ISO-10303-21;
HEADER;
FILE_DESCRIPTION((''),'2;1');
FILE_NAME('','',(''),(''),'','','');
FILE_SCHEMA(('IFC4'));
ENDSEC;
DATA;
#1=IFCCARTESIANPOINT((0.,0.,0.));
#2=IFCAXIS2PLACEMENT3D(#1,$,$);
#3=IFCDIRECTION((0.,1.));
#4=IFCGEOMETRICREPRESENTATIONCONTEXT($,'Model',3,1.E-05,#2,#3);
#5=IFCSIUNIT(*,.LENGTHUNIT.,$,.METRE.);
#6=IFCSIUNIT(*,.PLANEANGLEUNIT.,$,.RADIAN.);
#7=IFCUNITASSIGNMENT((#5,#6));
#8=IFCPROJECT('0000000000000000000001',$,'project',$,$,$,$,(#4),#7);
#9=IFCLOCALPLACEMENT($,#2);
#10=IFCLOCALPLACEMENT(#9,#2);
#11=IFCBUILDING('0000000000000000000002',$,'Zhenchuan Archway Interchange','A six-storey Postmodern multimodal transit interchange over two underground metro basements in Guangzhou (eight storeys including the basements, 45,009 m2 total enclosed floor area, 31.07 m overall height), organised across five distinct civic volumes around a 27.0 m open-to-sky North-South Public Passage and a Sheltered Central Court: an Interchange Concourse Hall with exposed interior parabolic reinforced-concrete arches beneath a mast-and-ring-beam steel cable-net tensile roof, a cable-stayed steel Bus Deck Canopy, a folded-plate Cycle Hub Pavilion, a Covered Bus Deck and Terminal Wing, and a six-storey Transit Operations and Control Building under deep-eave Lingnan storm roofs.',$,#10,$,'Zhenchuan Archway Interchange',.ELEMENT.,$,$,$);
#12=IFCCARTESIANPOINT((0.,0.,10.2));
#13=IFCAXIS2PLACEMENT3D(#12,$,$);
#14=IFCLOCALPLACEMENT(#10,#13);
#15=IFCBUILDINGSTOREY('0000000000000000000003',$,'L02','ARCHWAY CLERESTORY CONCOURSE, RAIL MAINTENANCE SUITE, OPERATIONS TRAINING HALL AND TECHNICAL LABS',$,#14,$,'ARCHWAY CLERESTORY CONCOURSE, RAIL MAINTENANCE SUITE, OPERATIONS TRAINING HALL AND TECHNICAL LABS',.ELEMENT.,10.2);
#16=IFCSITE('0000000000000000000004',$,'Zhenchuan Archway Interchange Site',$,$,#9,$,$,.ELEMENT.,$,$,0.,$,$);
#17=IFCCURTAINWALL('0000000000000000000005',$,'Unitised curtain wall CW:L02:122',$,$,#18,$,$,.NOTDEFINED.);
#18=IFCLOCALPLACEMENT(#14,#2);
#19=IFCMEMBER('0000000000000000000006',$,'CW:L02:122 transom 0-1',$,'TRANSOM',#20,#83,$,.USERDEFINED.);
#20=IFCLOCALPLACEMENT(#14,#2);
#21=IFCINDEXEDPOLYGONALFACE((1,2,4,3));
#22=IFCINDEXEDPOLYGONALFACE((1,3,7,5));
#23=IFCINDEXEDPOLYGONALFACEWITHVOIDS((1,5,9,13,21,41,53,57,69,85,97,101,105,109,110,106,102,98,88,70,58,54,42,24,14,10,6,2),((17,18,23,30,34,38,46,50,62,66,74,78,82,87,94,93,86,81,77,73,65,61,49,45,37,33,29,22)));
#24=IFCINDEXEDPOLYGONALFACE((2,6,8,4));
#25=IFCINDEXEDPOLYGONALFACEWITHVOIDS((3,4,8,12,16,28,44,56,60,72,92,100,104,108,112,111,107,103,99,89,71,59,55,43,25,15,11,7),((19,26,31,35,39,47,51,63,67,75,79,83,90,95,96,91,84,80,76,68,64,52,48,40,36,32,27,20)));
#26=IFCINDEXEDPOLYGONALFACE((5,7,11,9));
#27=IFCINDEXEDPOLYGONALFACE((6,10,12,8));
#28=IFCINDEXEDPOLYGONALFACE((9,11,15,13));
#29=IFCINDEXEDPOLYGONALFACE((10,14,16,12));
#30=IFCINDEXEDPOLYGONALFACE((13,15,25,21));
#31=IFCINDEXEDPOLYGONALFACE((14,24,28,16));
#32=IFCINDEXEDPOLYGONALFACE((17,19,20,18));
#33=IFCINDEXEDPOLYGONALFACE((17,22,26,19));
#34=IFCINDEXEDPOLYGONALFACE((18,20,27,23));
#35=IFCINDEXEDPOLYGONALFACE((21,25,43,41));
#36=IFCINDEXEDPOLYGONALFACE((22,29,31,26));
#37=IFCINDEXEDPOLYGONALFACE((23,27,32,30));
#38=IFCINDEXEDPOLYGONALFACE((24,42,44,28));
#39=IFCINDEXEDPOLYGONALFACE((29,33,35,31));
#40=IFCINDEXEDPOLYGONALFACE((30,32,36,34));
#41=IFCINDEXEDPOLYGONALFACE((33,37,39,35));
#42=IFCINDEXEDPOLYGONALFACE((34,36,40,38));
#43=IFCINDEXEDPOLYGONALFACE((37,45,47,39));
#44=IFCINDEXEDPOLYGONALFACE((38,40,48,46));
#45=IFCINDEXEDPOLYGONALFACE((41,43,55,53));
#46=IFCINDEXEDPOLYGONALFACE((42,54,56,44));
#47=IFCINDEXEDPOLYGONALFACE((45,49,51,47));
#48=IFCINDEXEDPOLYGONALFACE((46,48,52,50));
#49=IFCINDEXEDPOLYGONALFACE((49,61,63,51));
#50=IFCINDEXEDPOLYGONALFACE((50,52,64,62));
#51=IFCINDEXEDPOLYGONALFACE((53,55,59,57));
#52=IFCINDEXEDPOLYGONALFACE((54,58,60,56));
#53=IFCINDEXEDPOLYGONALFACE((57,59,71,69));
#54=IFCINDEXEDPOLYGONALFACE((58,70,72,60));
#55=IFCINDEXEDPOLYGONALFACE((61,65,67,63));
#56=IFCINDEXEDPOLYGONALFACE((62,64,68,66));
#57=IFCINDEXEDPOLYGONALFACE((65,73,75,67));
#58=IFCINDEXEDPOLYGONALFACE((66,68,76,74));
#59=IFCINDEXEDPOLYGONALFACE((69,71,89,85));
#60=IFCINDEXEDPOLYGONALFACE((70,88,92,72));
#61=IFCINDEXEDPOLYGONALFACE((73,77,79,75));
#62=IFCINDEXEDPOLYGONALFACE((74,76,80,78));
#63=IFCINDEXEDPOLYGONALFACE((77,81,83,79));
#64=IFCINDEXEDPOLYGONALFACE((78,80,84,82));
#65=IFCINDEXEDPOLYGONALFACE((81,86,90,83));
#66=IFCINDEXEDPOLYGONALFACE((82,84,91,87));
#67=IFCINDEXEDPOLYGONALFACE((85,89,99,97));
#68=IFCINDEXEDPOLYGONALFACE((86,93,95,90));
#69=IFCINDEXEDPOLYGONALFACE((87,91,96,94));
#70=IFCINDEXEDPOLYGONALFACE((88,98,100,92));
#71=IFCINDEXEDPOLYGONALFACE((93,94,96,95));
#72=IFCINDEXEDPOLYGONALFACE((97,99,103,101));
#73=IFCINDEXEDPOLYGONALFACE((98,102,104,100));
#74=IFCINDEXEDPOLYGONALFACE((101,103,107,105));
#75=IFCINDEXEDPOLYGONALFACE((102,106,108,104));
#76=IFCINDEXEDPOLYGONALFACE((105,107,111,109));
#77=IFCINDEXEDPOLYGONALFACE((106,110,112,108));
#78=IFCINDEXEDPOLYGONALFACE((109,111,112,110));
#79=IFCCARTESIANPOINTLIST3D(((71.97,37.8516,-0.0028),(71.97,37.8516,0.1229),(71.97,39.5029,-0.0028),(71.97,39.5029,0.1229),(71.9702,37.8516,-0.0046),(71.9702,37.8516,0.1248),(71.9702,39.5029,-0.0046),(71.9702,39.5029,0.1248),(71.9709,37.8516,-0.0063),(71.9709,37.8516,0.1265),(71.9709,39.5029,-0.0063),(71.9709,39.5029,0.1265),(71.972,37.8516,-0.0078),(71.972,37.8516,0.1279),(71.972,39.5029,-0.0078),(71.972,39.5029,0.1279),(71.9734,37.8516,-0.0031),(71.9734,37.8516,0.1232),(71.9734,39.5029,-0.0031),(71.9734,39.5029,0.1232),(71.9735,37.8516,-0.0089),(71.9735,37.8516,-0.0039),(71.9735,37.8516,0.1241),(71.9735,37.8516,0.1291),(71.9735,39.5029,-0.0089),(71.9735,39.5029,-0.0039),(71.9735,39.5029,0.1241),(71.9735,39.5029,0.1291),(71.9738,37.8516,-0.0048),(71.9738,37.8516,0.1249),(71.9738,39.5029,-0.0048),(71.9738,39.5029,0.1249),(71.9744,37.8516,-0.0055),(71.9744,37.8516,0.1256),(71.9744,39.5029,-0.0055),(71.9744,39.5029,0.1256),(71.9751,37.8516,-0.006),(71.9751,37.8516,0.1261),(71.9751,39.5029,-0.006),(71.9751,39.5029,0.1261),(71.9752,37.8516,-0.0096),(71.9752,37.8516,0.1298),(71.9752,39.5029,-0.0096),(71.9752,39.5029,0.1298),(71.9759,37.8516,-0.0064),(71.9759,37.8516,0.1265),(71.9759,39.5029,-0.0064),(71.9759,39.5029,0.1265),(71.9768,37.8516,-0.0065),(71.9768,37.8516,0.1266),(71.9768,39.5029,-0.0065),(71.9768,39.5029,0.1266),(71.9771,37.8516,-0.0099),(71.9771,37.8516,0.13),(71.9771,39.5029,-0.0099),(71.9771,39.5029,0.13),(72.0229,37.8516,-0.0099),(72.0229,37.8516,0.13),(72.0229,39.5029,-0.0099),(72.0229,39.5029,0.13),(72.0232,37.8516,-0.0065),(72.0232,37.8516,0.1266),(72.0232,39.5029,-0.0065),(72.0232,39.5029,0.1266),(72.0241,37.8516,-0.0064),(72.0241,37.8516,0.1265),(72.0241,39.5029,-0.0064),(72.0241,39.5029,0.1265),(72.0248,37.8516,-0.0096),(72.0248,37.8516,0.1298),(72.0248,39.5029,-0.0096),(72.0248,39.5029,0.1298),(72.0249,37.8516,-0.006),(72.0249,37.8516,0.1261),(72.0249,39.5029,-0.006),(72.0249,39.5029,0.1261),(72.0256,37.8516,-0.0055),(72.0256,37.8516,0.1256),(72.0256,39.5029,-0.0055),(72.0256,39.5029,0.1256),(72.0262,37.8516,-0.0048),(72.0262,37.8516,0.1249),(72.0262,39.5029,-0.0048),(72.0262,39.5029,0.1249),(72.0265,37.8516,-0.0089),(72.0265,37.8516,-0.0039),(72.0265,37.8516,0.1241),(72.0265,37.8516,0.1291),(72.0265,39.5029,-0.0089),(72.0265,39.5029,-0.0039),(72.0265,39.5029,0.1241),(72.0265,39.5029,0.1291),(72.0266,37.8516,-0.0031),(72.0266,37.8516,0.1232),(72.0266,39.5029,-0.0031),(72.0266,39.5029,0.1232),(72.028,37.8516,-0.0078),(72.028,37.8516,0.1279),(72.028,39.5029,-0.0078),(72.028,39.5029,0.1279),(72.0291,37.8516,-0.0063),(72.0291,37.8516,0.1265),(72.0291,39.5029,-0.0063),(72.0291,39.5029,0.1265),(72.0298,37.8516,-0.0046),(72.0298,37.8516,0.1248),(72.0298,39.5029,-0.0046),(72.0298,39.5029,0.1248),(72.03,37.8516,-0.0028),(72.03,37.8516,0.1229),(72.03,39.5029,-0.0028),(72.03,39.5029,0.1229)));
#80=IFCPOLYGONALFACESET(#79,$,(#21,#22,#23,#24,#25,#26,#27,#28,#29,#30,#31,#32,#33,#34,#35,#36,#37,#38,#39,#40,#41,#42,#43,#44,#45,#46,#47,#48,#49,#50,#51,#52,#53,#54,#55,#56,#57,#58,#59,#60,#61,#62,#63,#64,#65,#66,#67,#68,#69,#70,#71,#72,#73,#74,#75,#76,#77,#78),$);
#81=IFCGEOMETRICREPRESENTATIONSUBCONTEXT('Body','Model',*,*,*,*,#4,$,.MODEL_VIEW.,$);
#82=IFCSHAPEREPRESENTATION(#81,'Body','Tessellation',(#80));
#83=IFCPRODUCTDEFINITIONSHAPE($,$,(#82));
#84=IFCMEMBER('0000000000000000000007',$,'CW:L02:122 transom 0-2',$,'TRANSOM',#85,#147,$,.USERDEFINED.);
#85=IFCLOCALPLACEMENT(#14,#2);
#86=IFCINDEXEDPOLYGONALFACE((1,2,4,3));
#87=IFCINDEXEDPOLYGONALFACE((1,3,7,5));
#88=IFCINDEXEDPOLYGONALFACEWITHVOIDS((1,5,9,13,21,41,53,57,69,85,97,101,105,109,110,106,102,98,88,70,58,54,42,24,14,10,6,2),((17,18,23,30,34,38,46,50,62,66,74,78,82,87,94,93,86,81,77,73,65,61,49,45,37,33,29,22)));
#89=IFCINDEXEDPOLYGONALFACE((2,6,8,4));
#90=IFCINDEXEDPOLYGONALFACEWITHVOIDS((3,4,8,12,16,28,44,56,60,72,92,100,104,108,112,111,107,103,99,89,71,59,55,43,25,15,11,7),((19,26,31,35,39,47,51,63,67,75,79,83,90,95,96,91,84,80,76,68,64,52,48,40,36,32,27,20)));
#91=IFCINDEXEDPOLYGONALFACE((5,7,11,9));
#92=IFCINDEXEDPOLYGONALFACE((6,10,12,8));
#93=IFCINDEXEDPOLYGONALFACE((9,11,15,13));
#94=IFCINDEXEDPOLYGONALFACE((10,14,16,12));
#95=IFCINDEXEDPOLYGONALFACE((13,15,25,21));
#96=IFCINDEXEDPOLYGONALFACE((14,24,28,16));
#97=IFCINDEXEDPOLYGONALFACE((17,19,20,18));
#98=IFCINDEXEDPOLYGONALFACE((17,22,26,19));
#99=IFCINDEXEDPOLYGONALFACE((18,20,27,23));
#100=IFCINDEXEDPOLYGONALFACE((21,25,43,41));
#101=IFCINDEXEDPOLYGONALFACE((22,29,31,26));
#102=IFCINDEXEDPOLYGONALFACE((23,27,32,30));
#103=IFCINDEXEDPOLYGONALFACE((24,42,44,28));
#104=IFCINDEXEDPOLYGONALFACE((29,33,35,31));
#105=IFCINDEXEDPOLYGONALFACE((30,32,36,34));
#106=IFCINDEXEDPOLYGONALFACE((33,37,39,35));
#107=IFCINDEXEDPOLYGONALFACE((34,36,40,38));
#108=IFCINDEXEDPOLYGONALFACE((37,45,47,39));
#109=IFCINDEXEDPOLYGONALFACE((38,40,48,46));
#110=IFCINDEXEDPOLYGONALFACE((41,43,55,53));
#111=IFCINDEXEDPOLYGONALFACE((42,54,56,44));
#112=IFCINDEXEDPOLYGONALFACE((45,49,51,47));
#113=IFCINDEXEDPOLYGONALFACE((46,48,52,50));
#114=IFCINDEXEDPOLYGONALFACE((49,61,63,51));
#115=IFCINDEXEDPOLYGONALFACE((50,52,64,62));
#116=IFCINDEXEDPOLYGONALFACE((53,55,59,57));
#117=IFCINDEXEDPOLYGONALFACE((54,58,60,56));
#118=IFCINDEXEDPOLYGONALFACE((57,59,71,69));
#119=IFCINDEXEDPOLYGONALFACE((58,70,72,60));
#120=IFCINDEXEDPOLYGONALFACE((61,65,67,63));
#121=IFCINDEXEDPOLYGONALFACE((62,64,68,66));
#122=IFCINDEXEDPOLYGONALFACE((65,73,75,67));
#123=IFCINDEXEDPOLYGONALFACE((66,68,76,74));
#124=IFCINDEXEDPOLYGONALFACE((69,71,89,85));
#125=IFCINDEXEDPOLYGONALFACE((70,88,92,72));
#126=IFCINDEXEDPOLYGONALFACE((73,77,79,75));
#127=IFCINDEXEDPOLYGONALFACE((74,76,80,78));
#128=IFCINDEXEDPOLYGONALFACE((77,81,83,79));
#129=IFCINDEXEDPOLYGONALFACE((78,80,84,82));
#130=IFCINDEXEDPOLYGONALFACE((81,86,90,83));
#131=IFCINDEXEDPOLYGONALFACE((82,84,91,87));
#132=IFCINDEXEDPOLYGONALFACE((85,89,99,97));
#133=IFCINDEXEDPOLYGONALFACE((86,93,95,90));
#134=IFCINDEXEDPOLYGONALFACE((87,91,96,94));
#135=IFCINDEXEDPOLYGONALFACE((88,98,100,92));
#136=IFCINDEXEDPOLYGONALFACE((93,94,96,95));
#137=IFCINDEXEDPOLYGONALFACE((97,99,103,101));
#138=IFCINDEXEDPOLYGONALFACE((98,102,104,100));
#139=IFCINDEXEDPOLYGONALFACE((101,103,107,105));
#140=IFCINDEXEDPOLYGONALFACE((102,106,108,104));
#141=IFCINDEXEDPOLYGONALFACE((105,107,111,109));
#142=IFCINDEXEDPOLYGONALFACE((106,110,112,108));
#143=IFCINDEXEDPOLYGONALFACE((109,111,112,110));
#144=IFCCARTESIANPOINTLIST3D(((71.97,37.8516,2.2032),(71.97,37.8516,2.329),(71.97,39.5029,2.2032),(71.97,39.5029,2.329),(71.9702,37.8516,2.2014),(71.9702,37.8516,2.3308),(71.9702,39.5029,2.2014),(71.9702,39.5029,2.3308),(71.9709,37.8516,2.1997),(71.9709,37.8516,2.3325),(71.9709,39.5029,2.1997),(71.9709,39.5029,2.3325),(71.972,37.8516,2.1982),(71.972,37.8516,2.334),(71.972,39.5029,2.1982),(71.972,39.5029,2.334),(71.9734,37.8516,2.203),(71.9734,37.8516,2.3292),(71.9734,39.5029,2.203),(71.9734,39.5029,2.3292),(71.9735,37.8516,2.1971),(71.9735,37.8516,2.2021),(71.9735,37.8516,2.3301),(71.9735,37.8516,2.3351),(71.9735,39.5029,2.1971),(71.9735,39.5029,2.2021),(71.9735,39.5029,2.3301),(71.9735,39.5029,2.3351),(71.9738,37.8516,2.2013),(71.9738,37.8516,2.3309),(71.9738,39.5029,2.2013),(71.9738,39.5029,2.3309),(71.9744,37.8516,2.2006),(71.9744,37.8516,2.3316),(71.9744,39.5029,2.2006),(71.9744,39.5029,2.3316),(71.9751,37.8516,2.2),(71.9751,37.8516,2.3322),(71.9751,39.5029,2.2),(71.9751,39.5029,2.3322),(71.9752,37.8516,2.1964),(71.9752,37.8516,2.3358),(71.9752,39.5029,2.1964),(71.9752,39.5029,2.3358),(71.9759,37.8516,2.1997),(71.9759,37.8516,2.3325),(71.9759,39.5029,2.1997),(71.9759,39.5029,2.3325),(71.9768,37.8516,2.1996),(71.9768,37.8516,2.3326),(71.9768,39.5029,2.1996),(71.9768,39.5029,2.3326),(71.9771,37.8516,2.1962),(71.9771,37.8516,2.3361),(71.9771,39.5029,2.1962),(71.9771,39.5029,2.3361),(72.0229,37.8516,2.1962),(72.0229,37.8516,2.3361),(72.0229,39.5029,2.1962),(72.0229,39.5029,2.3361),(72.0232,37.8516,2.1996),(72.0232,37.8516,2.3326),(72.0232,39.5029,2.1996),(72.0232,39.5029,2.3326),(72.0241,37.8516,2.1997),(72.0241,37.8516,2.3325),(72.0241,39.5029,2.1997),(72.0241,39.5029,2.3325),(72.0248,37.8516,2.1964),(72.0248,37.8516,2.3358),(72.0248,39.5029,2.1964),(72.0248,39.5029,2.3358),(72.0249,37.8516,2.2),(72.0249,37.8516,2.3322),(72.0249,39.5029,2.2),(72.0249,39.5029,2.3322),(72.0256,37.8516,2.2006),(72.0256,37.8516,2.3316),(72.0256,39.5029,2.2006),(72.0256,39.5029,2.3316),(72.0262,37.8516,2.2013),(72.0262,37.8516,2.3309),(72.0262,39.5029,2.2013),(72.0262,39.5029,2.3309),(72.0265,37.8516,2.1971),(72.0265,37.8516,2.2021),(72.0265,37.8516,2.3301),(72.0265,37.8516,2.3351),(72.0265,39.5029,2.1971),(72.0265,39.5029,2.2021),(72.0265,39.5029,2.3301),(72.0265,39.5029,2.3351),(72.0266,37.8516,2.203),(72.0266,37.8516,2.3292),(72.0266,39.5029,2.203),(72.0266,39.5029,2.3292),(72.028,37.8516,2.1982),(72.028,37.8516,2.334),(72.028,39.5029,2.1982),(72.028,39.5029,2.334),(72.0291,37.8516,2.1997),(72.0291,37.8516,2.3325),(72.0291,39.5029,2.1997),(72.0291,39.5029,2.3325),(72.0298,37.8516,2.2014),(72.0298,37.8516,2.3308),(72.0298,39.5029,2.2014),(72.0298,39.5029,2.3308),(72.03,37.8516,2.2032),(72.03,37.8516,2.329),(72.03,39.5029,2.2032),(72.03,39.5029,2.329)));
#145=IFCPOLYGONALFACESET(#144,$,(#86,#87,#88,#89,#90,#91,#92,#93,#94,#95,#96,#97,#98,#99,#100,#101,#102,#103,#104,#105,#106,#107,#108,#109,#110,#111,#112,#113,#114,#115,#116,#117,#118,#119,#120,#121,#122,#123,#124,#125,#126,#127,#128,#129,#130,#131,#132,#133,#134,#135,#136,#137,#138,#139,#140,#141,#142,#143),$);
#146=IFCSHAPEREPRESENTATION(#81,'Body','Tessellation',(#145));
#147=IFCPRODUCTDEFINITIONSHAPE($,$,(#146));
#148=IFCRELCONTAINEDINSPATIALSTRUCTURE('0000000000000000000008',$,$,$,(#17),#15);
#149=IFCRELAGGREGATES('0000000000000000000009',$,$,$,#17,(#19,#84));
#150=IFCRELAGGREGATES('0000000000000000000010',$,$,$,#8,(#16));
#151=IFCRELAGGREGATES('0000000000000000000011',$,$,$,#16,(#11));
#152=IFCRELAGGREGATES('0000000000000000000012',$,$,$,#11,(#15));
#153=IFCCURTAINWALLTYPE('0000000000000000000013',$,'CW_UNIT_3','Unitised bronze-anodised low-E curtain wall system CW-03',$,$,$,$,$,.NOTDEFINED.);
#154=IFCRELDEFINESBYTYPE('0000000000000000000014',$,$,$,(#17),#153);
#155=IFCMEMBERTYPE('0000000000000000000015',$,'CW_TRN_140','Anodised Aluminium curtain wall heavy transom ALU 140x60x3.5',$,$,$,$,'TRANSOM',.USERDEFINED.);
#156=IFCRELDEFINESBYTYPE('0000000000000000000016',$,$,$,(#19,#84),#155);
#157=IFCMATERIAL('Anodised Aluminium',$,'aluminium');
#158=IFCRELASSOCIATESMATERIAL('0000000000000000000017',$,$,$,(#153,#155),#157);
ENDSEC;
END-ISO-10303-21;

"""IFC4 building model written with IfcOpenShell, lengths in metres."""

from ifc_helpers import new_model, si_unit, direction, frame, origin, origin_2d, place, context, subcontext, project, spatial, hollow_rectangle, extrude, material, material_profile, profile_set, type_object, element, aggregate, save


model = new_model("IFC4")

# Units and contexts
model_context = context("Model", 3, precision=1e-05, world=origin(), true_north=direction((0.0, 1.0)))
body_context = subcontext(model_context, "Body", "Model", "MODEL_VIEW")
ifc_project = project(units=[si_unit("LENGTHUNIT", "METRE"), si_unit("PLANEANGLEUNIT", "RADIAN")], contexts=[model_context])

# Site, building, storey
site_placement = place(None, origin())
site = spatial("IfcSite", under=ifc_project, at=site_placement, Name="Zhenchuan Archway Interchange Site", CompositionType="ELEMENT", RefElevation=0.0)
building_placement = place(site_placement, origin())
building = spatial("IfcBuilding", under=site, at=building_placement, Name="Zhenchuan Archway Interchange", Description="A six-storey Postmodern multimodal transit interchange over two underground metro basements in Guangzhou (eight storeys including the basements, 45,009 m2 total enclosed floor area, 31.07 m overall height), organised across five distinct civic volumes around a 27.0 m open-to-sky North-South Public Passage and a Sheltered Central Court: an Interchange Concourse Hall with exposed interior parabolic reinforced-concrete arches beneath a mast-and-ring-beam steel cable-net tensile roof, a cable-stayed steel Bus Deck Canopy, a folded-plate Cycle Hub Pavilion, a Covered Bus Deck and Terminal Wing, and a six-storey Transit Operations and Control Building under deep-eave Lingnan storm roofs.", LongName="Zhenchuan Archway Interchange", CompositionType="ELEMENT")
storey_placement = place(building_placement, frame((0.0, 0.0, 10.2)))
storey = spatial("IfcBuildingStorey", under=building, at=storey_placement, Name="L02", Description="ARCHWAY CLERESTORY CONCOURSE, RAIL MAINTENANCE SUITE, OPERATIONS TRAINING HALL AND TECHNICAL LABS", LongName="ARCHWAY CLERESTORY CONCOURSE, RAIL MAINTENANCE SUITE, OPERATIONS TRAINING HALL AND TECHNICAL LABS", CompositionType="ELEMENT", Elevation=10.2)

# Curtain wall
ifc_material_1 = material(Name="Anodised Aluminium", Category="aluminium")
curtain_wall_type_1 = type_object("IfcCurtainWallType", Name="CW_UNIT_3", Description="Unitised bronze-anodised low-E curtain wall system CW-03", PredefinedType="NOTDEFINED", material=ifc_material_1)
curtain_wall_1_placement = place(storey_placement, origin())
curtain_wall_1 = element("IfcCurtainWall", 1, at=curtain_wall_1_placement, inside=storey, type_object=curtain_wall_type_1, Name="Unitised curtain wall CW:L02:122", PredefinedType="NOTDEFINED")

# Members
ifc_material_profile_1 = material_profile(ifc_material_1, hollow_rectangle(XDim=0.0601, YDim=0.1399, WallThickness=0.0034, InnerFilletRadius=0.0034, OuterFilletRadius=0.0071, at=origin_2d()), Name="ALU 140x60x3.5")
ifc_profile_set_1 = profile_set([ifc_material_profile_1], Name="Anodised Aluminium")
member_type_1 = type_object("IfcMemberType", Name="CW_TRN_140", Description="Anodised Aluminium curtain wall heavy transom ALU 140x60x3.5", ElementType="TRANSOM", PredefinedType="USERDEFINED", material=ifc_profile_set_1)
member_1_placement = place(storey_placement, frame((72.0, 39.5029, 0.0601), z_axis=(0.0, -1.0, 0.0), x_axis=(1.0, 0.0, 0.0)))
member_1 = element("IfcMember", 2, at=member_1_placement, type_object=member_type_1, Name="CW:L02:122 transom 0-1", ObjectType="TRANSOM", PredefinedType="USERDEFINED", context=body_context, shape_type="SweptSolid", body=[
    extrude(hollow_rectangle(XDim=0.0601, YDim=0.1399, WallThickness=0.0034, InnerFilletRadius=0.0034, OuterFilletRadius=0.0071, at=origin_2d()), origin(), (0.0, 0.0, 1.0), 1.6514),
])
member_2_placement = place(storey_placement, frame((72.0, 39.5029, 2.2661), z_axis=(0.0, -1.0, 0.0), x_axis=(1.0, 0.0, 0.0)))
member_2 = element("IfcMember", 3, at=member_2_placement, type_object=member_type_1, Name="CW:L02:122 transom 0-2", ObjectType="TRANSOM", PredefinedType="USERDEFINED", context=body_context, shape_type="SweptSolid", body=[
    extrude(hollow_rectangle(XDim=0.0601, YDim=0.1399, WallThickness=0.0034, InnerFilletRadius=0.0034, OuterFilletRadius=0.0071, at=origin_2d()), origin(), (0.0, 0.0, 1.0), 1.6514),
])

aggregate(curtain_wall_1, [member_1, member_2])

save(model, "model.ifc")
